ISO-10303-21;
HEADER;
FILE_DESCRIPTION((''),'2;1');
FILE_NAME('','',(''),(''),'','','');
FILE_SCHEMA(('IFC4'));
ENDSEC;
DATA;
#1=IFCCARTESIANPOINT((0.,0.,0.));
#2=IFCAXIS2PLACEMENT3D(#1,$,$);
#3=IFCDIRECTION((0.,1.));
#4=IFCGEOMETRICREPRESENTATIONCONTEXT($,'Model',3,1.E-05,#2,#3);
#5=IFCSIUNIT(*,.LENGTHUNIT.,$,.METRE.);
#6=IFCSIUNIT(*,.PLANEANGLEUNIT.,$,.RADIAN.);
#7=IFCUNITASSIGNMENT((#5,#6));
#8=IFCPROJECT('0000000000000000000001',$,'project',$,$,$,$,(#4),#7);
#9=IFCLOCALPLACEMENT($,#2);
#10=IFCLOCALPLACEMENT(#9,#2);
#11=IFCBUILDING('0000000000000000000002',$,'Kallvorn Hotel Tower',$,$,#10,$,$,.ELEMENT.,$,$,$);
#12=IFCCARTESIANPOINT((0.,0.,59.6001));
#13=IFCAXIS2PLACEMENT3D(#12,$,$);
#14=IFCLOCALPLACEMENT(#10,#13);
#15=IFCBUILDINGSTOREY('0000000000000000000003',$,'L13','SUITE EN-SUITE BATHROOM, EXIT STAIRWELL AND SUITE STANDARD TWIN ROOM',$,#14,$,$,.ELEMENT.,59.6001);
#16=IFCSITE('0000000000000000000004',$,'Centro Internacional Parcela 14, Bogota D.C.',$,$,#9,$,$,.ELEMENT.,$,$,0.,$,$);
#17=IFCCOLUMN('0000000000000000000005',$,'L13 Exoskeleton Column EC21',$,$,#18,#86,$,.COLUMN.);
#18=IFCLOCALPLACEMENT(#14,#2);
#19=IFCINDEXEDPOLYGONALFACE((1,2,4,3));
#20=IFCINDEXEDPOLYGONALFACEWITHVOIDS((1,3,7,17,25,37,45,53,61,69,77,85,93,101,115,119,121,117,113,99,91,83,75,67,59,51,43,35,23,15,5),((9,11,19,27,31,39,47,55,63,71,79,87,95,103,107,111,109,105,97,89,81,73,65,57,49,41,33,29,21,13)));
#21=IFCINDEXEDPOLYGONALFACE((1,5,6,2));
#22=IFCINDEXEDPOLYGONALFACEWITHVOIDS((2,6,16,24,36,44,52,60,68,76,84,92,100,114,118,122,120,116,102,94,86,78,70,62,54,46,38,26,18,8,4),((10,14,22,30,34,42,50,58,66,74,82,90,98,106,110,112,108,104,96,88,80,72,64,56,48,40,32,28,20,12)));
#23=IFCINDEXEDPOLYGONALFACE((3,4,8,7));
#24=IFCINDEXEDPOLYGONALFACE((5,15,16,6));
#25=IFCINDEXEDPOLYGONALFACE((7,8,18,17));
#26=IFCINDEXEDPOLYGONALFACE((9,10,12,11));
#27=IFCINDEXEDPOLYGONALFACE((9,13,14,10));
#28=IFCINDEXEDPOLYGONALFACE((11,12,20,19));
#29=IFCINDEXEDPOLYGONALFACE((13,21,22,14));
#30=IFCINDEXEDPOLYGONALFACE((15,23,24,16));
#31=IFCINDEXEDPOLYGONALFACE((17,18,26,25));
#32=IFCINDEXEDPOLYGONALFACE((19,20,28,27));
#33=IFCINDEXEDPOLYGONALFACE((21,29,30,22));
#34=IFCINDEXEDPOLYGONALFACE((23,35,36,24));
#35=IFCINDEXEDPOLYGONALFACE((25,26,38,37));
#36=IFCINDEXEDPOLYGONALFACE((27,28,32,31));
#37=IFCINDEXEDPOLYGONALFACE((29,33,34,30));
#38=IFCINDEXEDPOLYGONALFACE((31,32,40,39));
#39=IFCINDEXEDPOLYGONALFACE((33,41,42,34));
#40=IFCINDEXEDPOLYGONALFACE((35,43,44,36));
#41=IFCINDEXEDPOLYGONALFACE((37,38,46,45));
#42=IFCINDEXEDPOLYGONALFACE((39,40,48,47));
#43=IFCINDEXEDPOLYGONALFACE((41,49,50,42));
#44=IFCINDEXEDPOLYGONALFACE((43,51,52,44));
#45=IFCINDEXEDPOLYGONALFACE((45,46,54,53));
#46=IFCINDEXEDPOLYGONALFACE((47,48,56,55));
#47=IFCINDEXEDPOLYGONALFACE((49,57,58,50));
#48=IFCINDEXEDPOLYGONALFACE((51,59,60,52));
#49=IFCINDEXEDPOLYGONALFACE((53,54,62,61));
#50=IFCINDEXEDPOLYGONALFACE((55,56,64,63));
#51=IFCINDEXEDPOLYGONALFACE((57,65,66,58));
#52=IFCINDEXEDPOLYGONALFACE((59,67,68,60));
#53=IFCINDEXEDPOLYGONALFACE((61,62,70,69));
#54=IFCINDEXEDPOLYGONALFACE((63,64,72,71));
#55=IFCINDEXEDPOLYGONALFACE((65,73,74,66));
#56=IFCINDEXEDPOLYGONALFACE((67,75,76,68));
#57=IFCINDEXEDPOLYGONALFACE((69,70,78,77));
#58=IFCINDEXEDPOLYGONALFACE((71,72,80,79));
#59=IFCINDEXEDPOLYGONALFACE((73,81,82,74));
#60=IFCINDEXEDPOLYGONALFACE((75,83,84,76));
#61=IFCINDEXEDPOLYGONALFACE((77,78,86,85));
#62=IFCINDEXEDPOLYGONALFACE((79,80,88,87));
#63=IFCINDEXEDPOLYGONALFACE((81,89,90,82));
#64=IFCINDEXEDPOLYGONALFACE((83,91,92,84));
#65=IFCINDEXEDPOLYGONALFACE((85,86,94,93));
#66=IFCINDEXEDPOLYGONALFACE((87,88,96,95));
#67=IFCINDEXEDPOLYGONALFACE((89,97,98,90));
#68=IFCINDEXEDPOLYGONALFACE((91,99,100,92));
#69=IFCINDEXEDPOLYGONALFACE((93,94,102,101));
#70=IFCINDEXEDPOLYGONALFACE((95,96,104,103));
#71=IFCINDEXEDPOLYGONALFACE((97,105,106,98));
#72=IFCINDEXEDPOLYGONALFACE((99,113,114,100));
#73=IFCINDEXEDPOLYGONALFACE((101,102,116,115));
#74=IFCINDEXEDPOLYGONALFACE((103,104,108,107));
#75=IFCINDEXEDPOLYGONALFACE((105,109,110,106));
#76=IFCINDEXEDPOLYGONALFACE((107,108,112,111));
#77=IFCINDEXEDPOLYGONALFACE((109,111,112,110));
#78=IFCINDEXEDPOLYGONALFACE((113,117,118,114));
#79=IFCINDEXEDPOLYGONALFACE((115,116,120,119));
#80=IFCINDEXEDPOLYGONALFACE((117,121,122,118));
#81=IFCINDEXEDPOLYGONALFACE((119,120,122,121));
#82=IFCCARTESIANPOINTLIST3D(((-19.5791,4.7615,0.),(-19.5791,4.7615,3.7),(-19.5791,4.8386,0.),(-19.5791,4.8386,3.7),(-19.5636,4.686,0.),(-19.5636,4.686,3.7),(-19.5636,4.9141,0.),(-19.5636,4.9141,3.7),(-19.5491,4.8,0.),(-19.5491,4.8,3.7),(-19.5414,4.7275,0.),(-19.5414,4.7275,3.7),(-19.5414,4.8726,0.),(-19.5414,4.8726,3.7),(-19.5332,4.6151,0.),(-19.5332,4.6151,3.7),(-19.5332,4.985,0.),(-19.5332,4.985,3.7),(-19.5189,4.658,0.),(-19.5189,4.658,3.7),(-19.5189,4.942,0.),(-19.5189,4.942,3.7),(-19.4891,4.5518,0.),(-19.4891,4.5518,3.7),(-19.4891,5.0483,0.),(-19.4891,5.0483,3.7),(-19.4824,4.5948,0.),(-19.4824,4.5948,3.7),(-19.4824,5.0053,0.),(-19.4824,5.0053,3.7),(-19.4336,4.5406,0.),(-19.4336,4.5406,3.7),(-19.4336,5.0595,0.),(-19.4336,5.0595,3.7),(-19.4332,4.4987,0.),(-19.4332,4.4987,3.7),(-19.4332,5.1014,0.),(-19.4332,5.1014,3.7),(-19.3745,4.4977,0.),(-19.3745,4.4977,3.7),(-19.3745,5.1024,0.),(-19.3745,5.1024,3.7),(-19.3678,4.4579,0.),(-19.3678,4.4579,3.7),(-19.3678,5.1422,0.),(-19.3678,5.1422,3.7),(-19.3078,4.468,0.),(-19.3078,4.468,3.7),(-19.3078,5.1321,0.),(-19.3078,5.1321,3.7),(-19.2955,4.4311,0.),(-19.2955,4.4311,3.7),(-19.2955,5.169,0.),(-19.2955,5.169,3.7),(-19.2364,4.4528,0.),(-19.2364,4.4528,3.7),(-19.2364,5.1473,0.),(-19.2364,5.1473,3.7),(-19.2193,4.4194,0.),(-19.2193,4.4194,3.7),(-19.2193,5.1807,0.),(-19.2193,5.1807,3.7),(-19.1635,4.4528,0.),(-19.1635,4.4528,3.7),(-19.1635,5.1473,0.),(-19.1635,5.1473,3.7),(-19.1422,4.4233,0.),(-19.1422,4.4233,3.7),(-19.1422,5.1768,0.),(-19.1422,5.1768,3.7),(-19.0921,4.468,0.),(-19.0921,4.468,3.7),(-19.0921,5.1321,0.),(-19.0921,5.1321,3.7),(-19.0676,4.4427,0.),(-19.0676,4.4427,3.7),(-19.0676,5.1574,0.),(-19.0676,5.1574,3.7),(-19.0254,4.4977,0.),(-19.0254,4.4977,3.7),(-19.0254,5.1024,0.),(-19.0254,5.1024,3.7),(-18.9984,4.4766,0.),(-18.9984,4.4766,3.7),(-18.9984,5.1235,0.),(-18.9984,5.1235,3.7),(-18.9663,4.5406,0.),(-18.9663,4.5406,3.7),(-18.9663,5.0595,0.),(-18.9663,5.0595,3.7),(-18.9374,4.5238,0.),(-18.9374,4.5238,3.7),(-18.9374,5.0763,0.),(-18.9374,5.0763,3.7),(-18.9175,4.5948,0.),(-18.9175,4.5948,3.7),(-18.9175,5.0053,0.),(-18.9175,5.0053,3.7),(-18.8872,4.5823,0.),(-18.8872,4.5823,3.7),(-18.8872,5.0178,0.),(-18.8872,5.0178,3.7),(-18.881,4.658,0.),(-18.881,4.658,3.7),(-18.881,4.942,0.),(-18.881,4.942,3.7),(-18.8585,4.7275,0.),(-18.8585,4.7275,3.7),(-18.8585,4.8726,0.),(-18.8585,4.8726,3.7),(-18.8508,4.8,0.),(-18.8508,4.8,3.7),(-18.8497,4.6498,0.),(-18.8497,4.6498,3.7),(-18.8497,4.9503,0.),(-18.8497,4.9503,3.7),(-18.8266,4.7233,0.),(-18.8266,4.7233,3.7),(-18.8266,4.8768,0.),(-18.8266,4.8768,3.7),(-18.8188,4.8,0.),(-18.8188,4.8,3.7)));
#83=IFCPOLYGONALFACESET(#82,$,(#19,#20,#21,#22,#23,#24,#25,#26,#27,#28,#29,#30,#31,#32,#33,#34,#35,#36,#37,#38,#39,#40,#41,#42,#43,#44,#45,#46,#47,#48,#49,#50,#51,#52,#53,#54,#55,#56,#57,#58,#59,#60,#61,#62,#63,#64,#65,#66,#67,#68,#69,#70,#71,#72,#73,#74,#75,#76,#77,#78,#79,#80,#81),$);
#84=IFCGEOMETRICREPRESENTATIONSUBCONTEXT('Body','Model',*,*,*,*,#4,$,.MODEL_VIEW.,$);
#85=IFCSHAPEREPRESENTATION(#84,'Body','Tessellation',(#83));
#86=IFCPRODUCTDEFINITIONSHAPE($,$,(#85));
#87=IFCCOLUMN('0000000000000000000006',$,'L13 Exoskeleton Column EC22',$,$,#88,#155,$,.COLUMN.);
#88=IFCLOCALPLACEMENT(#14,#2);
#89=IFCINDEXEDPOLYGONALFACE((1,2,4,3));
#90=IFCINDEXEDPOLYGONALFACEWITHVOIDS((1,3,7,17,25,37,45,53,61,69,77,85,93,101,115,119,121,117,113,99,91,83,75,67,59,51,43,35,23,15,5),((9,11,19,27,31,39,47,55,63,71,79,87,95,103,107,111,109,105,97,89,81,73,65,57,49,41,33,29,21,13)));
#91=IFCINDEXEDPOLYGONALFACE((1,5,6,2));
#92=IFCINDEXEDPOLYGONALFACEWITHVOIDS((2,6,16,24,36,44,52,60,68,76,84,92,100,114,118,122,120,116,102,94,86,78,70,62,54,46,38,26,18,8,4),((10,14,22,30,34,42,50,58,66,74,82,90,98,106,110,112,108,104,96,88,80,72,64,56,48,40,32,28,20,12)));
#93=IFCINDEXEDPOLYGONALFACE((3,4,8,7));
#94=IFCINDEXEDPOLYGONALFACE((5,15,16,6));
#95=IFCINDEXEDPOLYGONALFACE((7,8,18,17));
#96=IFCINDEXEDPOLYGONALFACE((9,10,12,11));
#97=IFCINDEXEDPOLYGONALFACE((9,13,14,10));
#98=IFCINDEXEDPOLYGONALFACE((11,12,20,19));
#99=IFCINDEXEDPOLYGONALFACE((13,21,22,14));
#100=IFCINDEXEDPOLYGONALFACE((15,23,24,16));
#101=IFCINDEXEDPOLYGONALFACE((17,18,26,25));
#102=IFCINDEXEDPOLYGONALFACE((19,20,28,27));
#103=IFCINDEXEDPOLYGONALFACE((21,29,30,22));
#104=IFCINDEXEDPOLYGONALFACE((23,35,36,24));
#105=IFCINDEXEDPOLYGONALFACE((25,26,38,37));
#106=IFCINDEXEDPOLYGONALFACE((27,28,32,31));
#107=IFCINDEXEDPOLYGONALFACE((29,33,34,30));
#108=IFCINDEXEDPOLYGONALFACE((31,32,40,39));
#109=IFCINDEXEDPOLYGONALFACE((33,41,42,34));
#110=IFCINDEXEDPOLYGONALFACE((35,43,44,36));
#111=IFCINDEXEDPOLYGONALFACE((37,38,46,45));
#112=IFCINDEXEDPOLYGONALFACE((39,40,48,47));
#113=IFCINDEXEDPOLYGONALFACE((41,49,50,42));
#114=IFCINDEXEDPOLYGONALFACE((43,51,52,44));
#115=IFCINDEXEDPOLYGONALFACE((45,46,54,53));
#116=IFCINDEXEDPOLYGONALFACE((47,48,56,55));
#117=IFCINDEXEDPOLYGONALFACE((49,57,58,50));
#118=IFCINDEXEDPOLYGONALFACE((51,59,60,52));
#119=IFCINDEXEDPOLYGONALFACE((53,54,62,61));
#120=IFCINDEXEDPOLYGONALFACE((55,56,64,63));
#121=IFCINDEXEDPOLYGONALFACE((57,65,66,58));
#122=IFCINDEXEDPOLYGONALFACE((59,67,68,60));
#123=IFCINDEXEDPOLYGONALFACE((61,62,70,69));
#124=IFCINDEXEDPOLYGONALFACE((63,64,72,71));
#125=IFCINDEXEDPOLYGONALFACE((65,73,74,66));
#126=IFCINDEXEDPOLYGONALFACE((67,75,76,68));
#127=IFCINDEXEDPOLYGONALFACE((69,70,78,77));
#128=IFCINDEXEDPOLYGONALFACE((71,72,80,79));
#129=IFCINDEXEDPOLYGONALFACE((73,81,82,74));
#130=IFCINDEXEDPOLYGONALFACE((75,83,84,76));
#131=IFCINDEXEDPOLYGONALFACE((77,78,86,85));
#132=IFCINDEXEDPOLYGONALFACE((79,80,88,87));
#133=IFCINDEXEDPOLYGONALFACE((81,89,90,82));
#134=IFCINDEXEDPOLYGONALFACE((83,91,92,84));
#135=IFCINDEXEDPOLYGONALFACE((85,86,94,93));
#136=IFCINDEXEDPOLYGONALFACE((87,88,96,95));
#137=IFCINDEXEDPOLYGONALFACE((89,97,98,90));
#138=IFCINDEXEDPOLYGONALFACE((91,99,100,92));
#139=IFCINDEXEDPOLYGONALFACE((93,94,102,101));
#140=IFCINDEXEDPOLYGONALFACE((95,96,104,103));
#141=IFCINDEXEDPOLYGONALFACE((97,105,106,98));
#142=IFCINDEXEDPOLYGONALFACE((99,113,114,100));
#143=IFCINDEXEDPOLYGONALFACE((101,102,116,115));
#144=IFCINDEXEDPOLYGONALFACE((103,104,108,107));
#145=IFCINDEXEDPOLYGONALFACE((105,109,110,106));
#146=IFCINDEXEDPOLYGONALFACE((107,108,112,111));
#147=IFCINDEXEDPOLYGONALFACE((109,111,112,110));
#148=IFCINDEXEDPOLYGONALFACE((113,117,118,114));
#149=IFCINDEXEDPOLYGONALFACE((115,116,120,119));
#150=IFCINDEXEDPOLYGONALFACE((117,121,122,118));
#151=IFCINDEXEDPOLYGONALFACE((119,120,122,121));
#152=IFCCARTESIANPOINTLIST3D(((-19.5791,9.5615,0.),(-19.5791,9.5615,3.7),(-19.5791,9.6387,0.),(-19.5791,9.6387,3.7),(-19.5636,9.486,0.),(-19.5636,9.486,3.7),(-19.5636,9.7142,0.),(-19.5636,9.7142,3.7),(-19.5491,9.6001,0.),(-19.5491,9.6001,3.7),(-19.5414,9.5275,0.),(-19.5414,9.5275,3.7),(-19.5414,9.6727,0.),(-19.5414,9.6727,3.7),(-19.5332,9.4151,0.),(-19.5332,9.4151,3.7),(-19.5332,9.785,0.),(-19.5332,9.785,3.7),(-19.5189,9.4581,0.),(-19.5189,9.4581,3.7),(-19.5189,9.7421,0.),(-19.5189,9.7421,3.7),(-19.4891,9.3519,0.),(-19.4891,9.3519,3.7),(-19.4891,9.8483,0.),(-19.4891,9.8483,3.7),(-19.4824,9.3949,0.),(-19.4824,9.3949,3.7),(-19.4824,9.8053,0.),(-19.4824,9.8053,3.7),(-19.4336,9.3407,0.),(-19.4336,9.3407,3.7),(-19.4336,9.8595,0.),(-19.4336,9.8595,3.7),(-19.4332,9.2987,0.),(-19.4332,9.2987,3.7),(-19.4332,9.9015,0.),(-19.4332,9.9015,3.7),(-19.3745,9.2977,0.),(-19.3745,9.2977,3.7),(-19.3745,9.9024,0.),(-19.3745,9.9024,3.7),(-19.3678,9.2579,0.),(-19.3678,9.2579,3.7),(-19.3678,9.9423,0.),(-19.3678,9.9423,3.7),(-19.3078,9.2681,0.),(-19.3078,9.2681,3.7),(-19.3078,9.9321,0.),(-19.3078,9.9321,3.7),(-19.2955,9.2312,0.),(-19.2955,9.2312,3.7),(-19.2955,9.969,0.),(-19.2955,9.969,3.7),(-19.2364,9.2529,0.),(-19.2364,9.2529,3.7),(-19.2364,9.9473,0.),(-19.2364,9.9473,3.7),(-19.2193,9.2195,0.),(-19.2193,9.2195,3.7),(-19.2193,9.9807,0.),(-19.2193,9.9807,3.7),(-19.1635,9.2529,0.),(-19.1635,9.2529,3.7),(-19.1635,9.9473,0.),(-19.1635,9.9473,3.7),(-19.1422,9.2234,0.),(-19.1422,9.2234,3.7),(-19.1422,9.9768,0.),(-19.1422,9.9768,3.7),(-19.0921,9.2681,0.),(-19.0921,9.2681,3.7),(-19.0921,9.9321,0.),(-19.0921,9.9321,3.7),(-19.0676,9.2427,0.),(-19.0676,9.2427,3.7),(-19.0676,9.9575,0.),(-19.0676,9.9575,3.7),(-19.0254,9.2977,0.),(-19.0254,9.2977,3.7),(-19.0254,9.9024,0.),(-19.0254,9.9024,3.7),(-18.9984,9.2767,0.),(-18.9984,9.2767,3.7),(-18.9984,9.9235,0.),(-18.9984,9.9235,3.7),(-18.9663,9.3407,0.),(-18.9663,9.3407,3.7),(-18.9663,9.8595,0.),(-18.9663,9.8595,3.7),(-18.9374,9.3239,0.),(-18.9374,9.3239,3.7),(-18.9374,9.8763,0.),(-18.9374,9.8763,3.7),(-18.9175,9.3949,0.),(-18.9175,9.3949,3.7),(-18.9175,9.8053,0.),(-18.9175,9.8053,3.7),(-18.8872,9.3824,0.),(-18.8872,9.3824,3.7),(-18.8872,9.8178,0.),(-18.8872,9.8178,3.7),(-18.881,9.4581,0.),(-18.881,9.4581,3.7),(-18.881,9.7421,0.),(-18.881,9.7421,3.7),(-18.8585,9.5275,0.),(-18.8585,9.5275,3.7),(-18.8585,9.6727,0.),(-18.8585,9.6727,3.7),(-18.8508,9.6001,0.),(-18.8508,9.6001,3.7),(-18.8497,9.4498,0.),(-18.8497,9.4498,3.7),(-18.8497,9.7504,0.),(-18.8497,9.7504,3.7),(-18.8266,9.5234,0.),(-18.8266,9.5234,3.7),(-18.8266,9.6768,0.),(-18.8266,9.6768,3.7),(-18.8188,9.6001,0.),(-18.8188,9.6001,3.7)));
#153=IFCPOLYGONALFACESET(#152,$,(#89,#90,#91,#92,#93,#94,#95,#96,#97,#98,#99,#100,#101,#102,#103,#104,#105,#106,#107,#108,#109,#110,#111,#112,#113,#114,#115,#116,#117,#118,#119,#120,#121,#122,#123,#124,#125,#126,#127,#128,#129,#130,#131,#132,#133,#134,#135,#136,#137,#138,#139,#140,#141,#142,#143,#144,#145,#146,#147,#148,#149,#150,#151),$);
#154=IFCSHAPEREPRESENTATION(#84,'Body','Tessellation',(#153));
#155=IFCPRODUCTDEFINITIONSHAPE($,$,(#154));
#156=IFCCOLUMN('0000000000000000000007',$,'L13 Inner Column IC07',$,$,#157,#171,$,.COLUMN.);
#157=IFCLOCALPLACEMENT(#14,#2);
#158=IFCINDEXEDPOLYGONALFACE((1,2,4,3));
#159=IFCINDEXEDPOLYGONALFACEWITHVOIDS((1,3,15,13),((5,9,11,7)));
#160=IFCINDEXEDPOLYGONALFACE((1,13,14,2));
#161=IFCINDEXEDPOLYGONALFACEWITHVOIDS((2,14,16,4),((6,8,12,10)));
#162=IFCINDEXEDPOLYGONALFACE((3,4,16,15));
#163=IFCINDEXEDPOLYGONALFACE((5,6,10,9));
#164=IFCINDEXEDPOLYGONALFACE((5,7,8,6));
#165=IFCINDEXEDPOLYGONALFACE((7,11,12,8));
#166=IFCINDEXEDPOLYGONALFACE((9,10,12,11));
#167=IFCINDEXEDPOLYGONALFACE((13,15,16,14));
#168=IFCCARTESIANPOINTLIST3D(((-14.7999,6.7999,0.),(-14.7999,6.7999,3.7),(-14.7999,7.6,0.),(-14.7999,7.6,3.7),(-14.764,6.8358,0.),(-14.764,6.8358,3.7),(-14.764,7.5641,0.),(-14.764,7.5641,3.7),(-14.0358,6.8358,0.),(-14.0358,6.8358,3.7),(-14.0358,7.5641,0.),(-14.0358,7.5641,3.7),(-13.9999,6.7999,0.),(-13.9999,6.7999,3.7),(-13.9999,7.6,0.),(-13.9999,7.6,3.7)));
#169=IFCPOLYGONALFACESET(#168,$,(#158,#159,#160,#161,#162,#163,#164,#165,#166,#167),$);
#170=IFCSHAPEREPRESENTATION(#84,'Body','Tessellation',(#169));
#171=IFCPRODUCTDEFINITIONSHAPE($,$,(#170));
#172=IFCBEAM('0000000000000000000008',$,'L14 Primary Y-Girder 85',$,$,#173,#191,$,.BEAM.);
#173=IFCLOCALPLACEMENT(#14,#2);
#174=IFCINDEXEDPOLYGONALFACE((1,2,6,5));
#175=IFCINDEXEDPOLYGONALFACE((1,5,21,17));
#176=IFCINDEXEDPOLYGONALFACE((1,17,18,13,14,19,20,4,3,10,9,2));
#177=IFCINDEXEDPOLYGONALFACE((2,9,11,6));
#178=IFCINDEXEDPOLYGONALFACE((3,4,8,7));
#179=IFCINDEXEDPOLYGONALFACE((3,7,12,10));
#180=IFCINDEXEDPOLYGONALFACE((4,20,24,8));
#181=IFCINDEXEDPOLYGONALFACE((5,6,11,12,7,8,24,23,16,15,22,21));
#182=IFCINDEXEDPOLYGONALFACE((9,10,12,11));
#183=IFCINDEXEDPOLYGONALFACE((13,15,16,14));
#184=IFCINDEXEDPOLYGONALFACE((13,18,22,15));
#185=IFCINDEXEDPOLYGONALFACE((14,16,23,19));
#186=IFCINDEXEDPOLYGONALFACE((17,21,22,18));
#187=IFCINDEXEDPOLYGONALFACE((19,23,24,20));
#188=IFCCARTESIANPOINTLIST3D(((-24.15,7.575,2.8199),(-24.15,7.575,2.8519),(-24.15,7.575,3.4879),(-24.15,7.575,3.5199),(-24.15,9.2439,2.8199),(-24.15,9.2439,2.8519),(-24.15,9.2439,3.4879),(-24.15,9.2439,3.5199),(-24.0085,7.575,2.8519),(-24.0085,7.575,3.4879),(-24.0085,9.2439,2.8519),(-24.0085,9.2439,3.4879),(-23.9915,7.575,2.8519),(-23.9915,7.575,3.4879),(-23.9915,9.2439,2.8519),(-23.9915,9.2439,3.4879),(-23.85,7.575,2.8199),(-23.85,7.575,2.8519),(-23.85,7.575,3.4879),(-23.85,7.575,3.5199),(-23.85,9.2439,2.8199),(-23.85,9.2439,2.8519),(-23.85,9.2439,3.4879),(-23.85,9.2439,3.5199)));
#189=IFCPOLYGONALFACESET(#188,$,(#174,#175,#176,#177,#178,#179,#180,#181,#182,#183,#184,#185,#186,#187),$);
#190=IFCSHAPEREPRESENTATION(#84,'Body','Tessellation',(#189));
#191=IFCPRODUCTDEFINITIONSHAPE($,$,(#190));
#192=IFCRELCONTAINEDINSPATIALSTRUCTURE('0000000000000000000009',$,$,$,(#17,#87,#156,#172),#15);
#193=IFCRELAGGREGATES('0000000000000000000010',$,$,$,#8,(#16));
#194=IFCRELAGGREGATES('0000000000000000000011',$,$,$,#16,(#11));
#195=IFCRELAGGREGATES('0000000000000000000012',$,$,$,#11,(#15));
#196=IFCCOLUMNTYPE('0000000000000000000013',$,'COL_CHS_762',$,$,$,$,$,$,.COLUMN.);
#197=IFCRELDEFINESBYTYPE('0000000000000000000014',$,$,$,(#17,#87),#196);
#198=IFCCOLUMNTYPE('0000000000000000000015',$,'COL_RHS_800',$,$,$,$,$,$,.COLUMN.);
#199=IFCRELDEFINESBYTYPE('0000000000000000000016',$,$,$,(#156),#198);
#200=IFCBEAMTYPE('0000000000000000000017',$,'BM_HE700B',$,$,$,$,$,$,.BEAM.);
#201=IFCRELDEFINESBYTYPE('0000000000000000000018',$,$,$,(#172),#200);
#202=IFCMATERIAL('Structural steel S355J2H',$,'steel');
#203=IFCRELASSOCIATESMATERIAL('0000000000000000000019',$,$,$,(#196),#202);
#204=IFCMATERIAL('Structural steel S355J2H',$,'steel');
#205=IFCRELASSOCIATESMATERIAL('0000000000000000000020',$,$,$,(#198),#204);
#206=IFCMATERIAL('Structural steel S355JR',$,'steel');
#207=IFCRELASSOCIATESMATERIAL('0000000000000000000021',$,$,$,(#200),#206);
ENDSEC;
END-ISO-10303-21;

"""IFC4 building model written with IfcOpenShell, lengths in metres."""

from ifc_helpers import new_model, si_unit, direction, frame, origin, origin_2d, place, context, subcontext, project, spatial, hollow_rectangle, hollow_circle, i_section, extrude, material, material_profile, profile_set, type_object, element, save


model = new_model("IFC4")

# Units and contexts
model_context = context("Model", 3, precision=1e-05, world=origin(), true_north=direction((0.0, 1.0)))
body_context = subcontext(model_context, "Body", "Model", "MODEL_VIEW")
ifc_project = project(units=[si_unit("LENGTHUNIT", "METRE"), si_unit("PLANEANGLEUNIT", "RADIAN")], contexts=[model_context])

# Site, building, storey
site_placement = place(None, origin())
site = spatial("IfcSite", under=ifc_project, at=site_placement, Name="Centro Internacional Parcela 14, Bogota D.C.", CompositionType="ELEMENT", RefElevation=0.0)
building_placement = place(site_placement, origin())
building = spatial("IfcBuilding", under=site, at=building_placement, Name="Kallvorn Hotel Tower", CompositionType="ELEMENT")
storey_placement = place(building_placement, frame((0.0, 0.0, 59.6001)))
storey = spatial("IfcBuildingStorey", under=building, at=storey_placement, Name="L13", Description="SUITE EN-SUITE BATHROOM, EXIT STAIRWELL AND SUITE STANDARD TWIN ROOM", CompositionType="ELEMENT", Elevation=59.6001)

# Columns
ifc_material_1 = material(Name="Structural steel S355J2H", Category="steel")
ifc_material_profile_1 = material_profile(ifc_material_1, hollow_circle(Radius=0.3811, WallThickness=0.032, at=origin_2d()), Name="CHS 762x32")
ifc_profile_set_1 = profile_set([ifc_material_profile_1], Name="Structural steel S355J2H")
column_type_1 = type_object("IfcColumnType", Name="COL_CHS_762", PredefinedType="COLUMN", material=ifc_profile_set_1)
for number, where, z_axis, x_axis, name in (
    (1, (-19.2, 4.8, 0.0), (0.0, 0.0, 1.0), (1.0, 0.0, 0.0), "L13 Exoskeleton Column EC21"),
    (2, (-19.2, 9.6001, 0.0), (0.0, 0.0, 1.0), (1.0, 0.0, 0.0), "L13 Exoskeleton Column EC22"),
):
    element("IfcColumn", number, at=place(storey_placement, frame(where, z_axis=z_axis, x_axis=x_axis)), inside=storey, type_object=column_type_1, Name=name, PredefinedType="COLUMN", context=body_context, shape_type="SweptSolid", body=[
        extrude(hollow_circle(Radius=0.3811, WallThickness=0.032, at=origin_2d()), origin(), (0.0, 0.0, 1.0), 3.7),
    ])
ifc_material_2 = material(Name="Structural steel S355J2H", Category="steel")
ifc_material_profile_2 = material_profile(ifc_material_2, hollow_rectangle(XDim=0.8, YDim=0.8, WallThickness=0.0359, at=origin_2d()), Name="RHS 800x800x36")
ifc_profile_set_2 = profile_set([ifc_material_profile_2], Name="Structural steel S355J2H")
column_type_2 = type_object("IfcColumnType", Name="COL_RHS_800", PredefinedType="COLUMN", material=ifc_profile_set_2)
column_placement = place(storey_placement, frame((-14.3999, 7.2, 0.0), z_axis=(0.0, 0.0, 1.0), x_axis=(1.0, 0.0, 0.0)))
element("IfcColumn", 3, at=column_placement, inside=storey, type_object=column_type_2, Name="L13 Inner Column IC07", PredefinedType="COLUMN", context=body_context, shape_type="SweptSolid", body=[
    extrude(hollow_rectangle(XDim=0.8, YDim=0.8, WallThickness=0.0359, at=origin_2d()), origin(), (0.0, 0.0, 1.0), 3.7),
])

# Beam
ifc_material_3 = material(Name="Structural steel S355JR", Category="steel")
ifc_material_profile_3 = material_profile(ifc_material_3, i_section(OverallWidth=0.3, OverallDepth=0.7, WebThickness=0.0171, FlangeThickness=0.032, at=origin_2d()), Name="HE 700 B")
ifc_profile_set_3 = profile_set([ifc_material_profile_3], Name="Structural steel S355JR")
beam_type_1 = type_object("IfcBeamType", Name="BM_HE700B", PredefinedType="BEAM", material=ifc_profile_set_3)
beam_1_placement = place(storey_placement, frame((-24.0, 7.575, 3.1699), z_axis=(0.0, 1.0, 0.0), x_axis=(-1.0, 0.0, 0.0)))
element("IfcBeam", 4, at=beam_1_placement, inside=storey, type_object=beam_type_1, Name="L14 Primary Y-Girder 85", PredefinedType="BEAM", context=body_context, shape_type="SweptSolid", body=[
    extrude(i_section(OverallWidth=0.3, OverallDepth=0.7, WebThickness=0.0171, FlangeThickness=0.032, at=origin_2d()), origin(), (0.0, 0.0, 1.0), 1.6689),
])

save(model, "model.ifc")
